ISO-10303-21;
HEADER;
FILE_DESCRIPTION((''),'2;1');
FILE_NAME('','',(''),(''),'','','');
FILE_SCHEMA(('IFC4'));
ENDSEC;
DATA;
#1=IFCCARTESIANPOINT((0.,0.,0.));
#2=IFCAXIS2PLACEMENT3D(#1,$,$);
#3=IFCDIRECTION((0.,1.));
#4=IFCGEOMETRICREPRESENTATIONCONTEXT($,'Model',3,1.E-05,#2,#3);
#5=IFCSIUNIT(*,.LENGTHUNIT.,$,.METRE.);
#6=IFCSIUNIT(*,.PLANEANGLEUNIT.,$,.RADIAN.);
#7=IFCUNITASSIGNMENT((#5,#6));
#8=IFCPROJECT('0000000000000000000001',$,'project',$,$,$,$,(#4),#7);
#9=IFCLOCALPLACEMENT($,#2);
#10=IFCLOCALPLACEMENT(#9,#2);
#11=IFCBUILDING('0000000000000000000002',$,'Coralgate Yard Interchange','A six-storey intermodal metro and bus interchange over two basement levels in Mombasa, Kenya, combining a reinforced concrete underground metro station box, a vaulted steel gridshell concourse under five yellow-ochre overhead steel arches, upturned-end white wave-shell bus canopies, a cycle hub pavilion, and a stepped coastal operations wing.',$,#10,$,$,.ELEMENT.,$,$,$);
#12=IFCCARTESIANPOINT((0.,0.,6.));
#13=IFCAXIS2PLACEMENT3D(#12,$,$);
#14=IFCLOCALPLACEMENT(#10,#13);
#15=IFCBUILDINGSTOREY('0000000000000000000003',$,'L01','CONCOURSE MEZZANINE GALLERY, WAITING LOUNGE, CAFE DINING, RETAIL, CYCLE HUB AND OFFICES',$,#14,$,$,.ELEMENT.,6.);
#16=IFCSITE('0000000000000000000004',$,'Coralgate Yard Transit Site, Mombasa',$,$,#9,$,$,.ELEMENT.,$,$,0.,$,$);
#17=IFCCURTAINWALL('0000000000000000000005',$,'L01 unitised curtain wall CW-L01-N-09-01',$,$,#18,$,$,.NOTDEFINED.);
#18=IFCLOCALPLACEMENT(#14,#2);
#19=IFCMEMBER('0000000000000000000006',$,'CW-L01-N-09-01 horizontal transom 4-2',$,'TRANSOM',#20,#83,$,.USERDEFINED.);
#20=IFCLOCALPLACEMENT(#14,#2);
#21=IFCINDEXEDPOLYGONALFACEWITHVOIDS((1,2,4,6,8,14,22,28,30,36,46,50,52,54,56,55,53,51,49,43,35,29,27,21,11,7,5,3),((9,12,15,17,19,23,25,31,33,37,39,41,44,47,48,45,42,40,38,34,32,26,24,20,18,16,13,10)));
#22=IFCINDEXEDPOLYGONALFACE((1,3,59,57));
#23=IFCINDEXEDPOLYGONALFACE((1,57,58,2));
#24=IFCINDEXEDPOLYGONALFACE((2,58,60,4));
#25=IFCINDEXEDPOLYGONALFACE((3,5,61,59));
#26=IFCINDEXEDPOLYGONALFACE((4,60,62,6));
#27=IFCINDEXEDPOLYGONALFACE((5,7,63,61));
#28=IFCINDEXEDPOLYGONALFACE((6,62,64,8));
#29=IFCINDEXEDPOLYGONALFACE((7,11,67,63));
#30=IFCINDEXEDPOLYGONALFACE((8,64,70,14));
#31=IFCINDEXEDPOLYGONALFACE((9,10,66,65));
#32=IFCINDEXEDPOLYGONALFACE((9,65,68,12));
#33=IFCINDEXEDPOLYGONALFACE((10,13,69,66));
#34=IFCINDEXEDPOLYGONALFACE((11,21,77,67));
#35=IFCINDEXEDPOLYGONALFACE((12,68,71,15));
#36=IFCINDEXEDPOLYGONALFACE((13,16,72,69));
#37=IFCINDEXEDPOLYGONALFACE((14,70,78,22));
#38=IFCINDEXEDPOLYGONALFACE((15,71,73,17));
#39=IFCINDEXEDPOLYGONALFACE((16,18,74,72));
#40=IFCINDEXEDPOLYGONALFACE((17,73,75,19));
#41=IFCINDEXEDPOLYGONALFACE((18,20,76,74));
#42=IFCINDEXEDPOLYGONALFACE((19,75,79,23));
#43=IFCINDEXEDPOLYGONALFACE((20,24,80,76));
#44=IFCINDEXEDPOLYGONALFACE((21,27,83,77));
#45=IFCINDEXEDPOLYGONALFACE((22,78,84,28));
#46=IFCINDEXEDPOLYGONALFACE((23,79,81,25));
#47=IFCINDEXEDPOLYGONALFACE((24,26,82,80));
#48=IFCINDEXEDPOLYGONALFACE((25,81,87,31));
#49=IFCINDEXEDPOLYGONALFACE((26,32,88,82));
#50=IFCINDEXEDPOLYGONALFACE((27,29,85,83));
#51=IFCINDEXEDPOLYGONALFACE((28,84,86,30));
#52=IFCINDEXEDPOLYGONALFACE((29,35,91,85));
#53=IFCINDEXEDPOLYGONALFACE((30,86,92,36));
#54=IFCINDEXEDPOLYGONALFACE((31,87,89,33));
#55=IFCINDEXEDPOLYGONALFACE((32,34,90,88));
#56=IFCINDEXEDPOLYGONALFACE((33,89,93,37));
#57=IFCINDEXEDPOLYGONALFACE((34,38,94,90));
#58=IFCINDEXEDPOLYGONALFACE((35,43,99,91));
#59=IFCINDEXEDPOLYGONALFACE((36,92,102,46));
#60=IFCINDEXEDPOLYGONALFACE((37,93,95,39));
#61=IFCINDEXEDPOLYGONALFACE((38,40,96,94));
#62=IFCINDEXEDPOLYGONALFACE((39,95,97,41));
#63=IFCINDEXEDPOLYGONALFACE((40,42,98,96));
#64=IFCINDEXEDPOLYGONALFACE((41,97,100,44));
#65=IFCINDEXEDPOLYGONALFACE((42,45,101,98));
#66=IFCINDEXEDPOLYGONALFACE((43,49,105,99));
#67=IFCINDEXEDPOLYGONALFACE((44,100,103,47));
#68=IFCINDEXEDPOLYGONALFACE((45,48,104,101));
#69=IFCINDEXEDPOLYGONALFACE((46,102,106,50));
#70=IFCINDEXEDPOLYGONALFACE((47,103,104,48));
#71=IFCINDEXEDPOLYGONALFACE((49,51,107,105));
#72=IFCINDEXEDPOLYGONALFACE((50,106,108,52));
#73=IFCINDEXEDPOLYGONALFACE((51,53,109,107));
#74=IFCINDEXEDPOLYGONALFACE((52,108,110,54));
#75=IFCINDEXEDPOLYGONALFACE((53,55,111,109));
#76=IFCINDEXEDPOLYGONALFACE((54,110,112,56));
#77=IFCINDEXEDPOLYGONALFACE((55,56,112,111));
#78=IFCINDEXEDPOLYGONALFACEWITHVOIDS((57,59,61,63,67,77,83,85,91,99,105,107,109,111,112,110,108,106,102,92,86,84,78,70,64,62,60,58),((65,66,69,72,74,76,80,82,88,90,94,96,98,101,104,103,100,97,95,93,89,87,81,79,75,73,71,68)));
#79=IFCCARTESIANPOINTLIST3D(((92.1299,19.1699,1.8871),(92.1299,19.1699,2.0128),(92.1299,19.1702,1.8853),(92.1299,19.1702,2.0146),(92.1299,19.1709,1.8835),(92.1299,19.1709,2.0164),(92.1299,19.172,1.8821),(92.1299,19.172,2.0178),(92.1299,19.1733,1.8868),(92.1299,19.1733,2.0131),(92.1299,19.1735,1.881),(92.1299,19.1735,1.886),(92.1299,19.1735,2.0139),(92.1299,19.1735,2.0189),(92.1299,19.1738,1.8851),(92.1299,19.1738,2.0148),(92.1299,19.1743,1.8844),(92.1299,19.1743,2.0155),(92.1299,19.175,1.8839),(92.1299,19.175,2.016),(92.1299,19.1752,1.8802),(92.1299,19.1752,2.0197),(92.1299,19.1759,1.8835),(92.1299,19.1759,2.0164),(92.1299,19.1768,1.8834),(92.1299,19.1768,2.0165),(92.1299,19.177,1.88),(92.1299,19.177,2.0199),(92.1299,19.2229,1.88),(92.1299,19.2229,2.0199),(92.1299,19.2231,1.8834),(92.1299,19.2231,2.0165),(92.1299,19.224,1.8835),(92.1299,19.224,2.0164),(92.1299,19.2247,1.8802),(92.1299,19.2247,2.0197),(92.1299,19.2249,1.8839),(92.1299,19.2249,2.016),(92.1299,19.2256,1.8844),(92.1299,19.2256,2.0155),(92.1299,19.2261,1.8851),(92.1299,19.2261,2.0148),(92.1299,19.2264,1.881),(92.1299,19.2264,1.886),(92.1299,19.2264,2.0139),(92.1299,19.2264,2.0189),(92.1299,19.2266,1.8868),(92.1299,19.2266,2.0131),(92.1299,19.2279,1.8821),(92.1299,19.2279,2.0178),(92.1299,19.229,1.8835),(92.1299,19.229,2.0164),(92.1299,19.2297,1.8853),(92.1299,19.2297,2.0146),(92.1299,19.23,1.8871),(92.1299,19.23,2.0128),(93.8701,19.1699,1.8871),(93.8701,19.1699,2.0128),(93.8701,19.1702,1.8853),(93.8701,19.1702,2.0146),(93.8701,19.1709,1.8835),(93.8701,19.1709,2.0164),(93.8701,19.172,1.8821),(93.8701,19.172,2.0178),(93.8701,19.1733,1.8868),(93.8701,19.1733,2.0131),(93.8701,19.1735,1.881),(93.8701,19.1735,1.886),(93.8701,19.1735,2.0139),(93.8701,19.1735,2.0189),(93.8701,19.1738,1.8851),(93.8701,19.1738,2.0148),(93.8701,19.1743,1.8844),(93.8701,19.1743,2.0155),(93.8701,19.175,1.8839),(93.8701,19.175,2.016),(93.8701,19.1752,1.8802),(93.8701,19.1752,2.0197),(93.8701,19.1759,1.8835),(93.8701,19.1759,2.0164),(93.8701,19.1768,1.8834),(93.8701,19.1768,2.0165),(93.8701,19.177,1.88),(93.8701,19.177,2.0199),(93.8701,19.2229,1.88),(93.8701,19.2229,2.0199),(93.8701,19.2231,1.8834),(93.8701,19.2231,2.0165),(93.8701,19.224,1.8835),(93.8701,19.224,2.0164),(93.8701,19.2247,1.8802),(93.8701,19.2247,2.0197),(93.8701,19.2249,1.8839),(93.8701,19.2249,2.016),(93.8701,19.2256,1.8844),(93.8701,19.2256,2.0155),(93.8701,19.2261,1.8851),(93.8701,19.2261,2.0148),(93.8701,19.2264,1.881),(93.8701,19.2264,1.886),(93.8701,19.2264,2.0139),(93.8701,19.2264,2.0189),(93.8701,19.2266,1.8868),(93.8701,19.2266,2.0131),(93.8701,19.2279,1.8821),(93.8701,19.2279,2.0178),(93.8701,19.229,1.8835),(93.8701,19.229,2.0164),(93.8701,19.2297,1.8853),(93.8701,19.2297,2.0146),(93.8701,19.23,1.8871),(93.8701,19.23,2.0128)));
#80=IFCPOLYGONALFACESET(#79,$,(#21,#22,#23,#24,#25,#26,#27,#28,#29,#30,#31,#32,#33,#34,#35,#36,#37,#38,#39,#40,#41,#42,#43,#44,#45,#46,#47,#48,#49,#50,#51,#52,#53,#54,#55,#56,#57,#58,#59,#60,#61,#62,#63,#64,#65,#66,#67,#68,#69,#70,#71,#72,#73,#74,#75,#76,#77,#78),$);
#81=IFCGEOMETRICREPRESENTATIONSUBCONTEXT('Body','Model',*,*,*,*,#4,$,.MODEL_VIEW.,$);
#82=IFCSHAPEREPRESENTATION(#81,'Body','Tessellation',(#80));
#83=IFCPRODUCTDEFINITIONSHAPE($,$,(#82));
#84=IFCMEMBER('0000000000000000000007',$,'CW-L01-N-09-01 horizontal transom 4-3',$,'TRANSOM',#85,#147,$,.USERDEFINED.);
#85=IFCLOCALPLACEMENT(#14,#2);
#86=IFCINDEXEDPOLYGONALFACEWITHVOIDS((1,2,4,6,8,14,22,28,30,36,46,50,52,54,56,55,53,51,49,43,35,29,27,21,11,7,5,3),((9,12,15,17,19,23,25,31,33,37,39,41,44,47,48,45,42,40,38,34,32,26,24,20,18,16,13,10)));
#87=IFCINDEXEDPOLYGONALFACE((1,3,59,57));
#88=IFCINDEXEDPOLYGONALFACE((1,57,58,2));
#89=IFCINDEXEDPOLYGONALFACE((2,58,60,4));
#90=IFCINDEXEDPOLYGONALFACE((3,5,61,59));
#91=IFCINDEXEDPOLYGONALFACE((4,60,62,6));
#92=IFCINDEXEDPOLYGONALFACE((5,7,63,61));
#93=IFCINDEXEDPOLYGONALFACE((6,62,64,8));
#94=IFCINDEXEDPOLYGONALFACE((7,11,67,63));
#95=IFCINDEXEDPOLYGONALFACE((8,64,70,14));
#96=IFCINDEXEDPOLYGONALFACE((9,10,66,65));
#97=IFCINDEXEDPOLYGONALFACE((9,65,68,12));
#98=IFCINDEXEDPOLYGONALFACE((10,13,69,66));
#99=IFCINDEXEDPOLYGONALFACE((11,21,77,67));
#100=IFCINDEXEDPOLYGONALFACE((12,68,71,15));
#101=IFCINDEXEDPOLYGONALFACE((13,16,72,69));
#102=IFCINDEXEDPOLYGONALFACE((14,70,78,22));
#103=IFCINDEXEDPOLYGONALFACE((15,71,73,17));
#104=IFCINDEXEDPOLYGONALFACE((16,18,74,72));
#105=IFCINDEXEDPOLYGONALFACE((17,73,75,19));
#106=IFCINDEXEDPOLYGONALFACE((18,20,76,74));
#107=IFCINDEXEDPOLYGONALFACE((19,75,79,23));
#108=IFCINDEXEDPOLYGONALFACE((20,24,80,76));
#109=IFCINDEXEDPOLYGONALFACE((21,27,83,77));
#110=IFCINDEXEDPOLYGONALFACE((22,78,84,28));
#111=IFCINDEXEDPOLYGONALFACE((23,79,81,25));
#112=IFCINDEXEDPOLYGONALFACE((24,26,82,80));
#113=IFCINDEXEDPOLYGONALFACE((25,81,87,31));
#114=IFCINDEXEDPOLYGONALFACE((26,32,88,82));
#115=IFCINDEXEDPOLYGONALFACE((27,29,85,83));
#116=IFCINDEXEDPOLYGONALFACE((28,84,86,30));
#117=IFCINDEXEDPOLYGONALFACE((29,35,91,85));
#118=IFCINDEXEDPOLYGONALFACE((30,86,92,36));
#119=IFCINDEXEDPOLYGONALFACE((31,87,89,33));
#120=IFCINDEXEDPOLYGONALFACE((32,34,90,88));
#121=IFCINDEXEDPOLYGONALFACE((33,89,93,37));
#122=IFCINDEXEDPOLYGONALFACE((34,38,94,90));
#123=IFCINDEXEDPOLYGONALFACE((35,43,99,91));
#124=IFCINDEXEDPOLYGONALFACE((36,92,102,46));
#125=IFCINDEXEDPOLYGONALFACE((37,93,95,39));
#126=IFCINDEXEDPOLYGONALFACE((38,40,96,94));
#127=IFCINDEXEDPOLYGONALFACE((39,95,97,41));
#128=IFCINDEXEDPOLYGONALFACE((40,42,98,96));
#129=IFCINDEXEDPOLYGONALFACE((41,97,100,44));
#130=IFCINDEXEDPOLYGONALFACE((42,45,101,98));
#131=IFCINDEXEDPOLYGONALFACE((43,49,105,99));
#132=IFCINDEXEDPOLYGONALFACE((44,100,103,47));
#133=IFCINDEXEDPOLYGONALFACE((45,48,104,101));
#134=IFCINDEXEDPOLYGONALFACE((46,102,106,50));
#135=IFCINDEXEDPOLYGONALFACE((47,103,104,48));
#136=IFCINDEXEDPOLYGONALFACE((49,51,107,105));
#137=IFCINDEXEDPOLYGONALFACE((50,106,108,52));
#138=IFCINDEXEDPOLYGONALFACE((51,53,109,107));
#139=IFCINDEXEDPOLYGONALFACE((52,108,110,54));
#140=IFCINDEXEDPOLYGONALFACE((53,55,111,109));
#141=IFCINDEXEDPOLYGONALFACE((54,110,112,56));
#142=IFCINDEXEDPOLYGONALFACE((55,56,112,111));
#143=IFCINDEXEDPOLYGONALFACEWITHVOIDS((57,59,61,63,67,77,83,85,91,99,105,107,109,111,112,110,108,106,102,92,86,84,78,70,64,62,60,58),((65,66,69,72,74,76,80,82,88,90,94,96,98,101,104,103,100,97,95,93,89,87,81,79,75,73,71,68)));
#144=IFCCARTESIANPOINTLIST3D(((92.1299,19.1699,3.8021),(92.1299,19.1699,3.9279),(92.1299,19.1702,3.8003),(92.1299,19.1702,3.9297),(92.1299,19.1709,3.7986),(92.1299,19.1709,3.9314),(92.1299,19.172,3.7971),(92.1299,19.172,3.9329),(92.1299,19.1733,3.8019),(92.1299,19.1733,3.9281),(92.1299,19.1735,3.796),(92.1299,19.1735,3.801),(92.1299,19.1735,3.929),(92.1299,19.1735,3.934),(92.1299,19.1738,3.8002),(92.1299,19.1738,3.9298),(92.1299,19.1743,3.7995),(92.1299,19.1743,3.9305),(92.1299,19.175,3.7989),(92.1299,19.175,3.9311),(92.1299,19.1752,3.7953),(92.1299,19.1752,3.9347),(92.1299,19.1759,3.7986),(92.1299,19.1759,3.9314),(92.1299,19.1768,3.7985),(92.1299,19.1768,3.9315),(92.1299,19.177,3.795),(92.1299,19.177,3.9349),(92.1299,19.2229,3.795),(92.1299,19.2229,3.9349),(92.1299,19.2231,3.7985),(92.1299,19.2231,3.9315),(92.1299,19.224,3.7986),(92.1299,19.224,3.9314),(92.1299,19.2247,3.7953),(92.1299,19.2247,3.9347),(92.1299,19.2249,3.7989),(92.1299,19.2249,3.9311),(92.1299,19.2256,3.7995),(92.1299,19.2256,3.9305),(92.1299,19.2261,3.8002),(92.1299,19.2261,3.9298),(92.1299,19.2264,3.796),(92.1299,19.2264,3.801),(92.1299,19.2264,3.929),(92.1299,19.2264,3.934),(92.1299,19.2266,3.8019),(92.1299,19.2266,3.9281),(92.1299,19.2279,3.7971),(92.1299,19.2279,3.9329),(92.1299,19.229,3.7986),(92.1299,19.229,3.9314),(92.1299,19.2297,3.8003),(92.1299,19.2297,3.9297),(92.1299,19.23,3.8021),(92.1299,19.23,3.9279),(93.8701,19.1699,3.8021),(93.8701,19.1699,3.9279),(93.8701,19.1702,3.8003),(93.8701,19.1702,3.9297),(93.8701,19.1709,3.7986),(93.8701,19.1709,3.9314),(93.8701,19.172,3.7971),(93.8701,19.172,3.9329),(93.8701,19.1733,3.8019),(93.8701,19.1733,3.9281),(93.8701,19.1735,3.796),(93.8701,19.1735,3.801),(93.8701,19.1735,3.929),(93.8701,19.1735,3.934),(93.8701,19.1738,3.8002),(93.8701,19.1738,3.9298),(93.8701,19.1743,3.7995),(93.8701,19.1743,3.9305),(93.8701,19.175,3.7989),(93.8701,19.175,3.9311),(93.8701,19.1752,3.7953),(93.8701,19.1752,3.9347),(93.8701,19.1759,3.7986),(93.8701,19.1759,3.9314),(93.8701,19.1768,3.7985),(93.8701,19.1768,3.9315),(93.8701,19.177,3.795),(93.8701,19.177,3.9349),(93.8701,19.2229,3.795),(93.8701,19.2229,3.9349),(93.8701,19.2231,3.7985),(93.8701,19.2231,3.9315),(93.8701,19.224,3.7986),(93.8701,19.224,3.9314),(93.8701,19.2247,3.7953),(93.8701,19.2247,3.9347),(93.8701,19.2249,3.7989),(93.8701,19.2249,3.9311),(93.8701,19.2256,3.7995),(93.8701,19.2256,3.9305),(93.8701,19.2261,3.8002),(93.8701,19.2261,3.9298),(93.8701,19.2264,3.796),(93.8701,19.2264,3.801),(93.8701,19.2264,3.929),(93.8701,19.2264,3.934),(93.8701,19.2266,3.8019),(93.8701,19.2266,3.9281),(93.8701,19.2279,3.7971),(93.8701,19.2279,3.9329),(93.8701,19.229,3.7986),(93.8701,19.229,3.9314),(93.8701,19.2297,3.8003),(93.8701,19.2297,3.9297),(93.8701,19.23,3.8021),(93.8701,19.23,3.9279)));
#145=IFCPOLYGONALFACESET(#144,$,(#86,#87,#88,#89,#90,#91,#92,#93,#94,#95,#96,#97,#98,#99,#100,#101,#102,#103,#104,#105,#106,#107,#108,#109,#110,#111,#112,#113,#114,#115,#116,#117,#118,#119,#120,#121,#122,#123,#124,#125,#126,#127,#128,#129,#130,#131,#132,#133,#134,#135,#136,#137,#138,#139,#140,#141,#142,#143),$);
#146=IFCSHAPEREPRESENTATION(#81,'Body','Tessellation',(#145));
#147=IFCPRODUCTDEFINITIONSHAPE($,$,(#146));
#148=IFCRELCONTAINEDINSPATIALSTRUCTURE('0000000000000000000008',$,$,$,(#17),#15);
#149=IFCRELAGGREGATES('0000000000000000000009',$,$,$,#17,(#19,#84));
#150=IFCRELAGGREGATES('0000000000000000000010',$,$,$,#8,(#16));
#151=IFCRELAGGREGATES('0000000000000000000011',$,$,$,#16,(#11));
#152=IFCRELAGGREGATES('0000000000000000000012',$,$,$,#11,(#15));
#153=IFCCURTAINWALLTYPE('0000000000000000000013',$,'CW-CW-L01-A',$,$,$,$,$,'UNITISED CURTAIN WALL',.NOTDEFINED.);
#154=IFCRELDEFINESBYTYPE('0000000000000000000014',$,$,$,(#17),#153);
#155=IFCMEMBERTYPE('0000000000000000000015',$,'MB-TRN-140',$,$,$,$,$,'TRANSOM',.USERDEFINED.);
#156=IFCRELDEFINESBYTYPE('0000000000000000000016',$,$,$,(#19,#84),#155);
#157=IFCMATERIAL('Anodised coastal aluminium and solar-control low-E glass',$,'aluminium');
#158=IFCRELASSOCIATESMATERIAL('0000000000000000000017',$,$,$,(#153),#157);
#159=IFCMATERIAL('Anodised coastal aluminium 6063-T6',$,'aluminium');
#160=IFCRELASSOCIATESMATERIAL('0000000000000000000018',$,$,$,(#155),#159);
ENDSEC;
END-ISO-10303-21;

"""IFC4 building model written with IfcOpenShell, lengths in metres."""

from ifc_helpers import new_model, si_unit, direction, frame, origin, origin_2d, place, context, subcontext, project, spatial, hollow_rectangle, extrude, material, material_profile, profile_set, type_object, element, aggregate, save


model = new_model("IFC4")

# Units and contexts
model_context = context("Model", 3, precision=1e-05, world=origin(), true_north=direction((0.0, 1.0)))
body_context = subcontext(model_context, "Body", "Model", "MODEL_VIEW")
ifc_project = project(units=[si_unit("LENGTHUNIT", "METRE"), si_unit("PLANEANGLEUNIT", "RADIAN")], contexts=[model_context])

# Site, building, storey
site_placement = place(None, origin())
site = spatial("IfcSite", under=ifc_project, at=site_placement, Name="Coralgate Yard Transit Site, Mombasa", CompositionType="ELEMENT", RefElevation=0.0)
building_placement = place(site_placement, origin())
building = spatial("IfcBuilding", under=site, at=building_placement, Name="Coralgate Yard Interchange", Description="A six-storey intermodal metro and bus interchange over two basement levels in Mombasa, Kenya, combining a reinforced concrete underground metro station box, a vaulted steel gridshell concourse under five yellow-ochre overhead steel arches, upturned-end white wave-shell bus canopies, a cycle hub pavilion, and a stepped coastal operations wing.", CompositionType="ELEMENT")
storey_placement = place(building_placement, frame((0.0, 0.0, 6.0)))
storey = spatial("IfcBuildingStorey", under=building, at=storey_placement, Name="L01", Description="CONCOURSE MEZZANINE GALLERY, WAITING LOUNGE, CAFE DINING, RETAIL, CYCLE HUB AND OFFICES", CompositionType="ELEMENT", Elevation=6.0)

# Curtain wall, members
ifc_material_1 = material(Name="Anodised coastal aluminium and solar-control low-E glass", Category="aluminium")
curtain_wall_type = type_object("IfcCurtainWallType", Name="CW-CW-L01-A", ElementType="UNITISED CURTAIN WALL", PredefinedType="NOTDEFINED", material=ifc_material_1)
curtain_wall_placement = place(storey_placement, origin())
curtain_wall = element("IfcCurtainWall", 1, at=curtain_wall_placement, inside=storey, type_object=curtain_wall_type, Name="L01 unitised curtain wall CW-L01-N-09-01", PredefinedType="NOTDEFINED")
ifc_material_2 = material(Name="Anodised coastal aluminium 6063-T6", Category="aluminium")
ifc_material_profile_1 = material_profile(ifc_material_2, hollow_rectangle(XDim=0.0601, YDim=0.1399, WallThickness=0.0034, InnerFilletRadius=0.0034, OuterFilletRadius=0.0071, at=origin_2d()), Name="ALU 60x140x3.5")
ifc_profile_set_1 = profile_set([ifc_material_profile_1], Name="Anodised coastal aluminium 6063-T6")
member_type_1 = type_object("IfcMemberType", Name="MB-TRN-140", ElementType="TRANSOM", PredefinedType="USERDEFINED", material=ifc_profile_set_1)
member_1_placement = place(storey_placement, frame((92.1299, 19.2, 1.95), z_axis=(1.0, 0.0, 0.0), x_axis=(0.0, 1.0, 0.0)))
member_1 = element("IfcMember", 2, at=member_1_placement, type_object=member_type_1, Name="CW-L01-N-09-01 horizontal transom 4-2", ObjectType="TRANSOM", PredefinedType="USERDEFINED", context=body_context, shape_type="SweptSolid", body=[
    extrude(hollow_rectangle(XDim=0.0601, YDim=0.1399, WallThickness=0.0034, InnerFilletRadius=0.0034, OuterFilletRadius=0.0071, at=origin_2d()), origin(), (0.0, 0.0, 1.0), 1.7402),
])
member_2_placement = place(storey_placement, frame((92.1299, 19.2, 3.865), z_axis=(1.0, 0.0, 0.0), x_axis=(0.0, 1.0, 0.0)))
member_2 = element("IfcMember", 3, at=member_2_placement, type_object=member_type_1, Name="CW-L01-N-09-01 horizontal transom 4-3", ObjectType="TRANSOM", PredefinedType="USERDEFINED", context=body_context, shape_type="SweptSolid", body=[
    extrude(hollow_rectangle(XDim=0.0601, YDim=0.1399, WallThickness=0.0034, InnerFilletRadius=0.0034, OuterFilletRadius=0.0071, at=origin_2d()), origin(), (0.0, 0.0, 1.0), 1.7402),
])
aggregate(curtain_wall, [member_1, member_2])

save(model, "model.ifc")
